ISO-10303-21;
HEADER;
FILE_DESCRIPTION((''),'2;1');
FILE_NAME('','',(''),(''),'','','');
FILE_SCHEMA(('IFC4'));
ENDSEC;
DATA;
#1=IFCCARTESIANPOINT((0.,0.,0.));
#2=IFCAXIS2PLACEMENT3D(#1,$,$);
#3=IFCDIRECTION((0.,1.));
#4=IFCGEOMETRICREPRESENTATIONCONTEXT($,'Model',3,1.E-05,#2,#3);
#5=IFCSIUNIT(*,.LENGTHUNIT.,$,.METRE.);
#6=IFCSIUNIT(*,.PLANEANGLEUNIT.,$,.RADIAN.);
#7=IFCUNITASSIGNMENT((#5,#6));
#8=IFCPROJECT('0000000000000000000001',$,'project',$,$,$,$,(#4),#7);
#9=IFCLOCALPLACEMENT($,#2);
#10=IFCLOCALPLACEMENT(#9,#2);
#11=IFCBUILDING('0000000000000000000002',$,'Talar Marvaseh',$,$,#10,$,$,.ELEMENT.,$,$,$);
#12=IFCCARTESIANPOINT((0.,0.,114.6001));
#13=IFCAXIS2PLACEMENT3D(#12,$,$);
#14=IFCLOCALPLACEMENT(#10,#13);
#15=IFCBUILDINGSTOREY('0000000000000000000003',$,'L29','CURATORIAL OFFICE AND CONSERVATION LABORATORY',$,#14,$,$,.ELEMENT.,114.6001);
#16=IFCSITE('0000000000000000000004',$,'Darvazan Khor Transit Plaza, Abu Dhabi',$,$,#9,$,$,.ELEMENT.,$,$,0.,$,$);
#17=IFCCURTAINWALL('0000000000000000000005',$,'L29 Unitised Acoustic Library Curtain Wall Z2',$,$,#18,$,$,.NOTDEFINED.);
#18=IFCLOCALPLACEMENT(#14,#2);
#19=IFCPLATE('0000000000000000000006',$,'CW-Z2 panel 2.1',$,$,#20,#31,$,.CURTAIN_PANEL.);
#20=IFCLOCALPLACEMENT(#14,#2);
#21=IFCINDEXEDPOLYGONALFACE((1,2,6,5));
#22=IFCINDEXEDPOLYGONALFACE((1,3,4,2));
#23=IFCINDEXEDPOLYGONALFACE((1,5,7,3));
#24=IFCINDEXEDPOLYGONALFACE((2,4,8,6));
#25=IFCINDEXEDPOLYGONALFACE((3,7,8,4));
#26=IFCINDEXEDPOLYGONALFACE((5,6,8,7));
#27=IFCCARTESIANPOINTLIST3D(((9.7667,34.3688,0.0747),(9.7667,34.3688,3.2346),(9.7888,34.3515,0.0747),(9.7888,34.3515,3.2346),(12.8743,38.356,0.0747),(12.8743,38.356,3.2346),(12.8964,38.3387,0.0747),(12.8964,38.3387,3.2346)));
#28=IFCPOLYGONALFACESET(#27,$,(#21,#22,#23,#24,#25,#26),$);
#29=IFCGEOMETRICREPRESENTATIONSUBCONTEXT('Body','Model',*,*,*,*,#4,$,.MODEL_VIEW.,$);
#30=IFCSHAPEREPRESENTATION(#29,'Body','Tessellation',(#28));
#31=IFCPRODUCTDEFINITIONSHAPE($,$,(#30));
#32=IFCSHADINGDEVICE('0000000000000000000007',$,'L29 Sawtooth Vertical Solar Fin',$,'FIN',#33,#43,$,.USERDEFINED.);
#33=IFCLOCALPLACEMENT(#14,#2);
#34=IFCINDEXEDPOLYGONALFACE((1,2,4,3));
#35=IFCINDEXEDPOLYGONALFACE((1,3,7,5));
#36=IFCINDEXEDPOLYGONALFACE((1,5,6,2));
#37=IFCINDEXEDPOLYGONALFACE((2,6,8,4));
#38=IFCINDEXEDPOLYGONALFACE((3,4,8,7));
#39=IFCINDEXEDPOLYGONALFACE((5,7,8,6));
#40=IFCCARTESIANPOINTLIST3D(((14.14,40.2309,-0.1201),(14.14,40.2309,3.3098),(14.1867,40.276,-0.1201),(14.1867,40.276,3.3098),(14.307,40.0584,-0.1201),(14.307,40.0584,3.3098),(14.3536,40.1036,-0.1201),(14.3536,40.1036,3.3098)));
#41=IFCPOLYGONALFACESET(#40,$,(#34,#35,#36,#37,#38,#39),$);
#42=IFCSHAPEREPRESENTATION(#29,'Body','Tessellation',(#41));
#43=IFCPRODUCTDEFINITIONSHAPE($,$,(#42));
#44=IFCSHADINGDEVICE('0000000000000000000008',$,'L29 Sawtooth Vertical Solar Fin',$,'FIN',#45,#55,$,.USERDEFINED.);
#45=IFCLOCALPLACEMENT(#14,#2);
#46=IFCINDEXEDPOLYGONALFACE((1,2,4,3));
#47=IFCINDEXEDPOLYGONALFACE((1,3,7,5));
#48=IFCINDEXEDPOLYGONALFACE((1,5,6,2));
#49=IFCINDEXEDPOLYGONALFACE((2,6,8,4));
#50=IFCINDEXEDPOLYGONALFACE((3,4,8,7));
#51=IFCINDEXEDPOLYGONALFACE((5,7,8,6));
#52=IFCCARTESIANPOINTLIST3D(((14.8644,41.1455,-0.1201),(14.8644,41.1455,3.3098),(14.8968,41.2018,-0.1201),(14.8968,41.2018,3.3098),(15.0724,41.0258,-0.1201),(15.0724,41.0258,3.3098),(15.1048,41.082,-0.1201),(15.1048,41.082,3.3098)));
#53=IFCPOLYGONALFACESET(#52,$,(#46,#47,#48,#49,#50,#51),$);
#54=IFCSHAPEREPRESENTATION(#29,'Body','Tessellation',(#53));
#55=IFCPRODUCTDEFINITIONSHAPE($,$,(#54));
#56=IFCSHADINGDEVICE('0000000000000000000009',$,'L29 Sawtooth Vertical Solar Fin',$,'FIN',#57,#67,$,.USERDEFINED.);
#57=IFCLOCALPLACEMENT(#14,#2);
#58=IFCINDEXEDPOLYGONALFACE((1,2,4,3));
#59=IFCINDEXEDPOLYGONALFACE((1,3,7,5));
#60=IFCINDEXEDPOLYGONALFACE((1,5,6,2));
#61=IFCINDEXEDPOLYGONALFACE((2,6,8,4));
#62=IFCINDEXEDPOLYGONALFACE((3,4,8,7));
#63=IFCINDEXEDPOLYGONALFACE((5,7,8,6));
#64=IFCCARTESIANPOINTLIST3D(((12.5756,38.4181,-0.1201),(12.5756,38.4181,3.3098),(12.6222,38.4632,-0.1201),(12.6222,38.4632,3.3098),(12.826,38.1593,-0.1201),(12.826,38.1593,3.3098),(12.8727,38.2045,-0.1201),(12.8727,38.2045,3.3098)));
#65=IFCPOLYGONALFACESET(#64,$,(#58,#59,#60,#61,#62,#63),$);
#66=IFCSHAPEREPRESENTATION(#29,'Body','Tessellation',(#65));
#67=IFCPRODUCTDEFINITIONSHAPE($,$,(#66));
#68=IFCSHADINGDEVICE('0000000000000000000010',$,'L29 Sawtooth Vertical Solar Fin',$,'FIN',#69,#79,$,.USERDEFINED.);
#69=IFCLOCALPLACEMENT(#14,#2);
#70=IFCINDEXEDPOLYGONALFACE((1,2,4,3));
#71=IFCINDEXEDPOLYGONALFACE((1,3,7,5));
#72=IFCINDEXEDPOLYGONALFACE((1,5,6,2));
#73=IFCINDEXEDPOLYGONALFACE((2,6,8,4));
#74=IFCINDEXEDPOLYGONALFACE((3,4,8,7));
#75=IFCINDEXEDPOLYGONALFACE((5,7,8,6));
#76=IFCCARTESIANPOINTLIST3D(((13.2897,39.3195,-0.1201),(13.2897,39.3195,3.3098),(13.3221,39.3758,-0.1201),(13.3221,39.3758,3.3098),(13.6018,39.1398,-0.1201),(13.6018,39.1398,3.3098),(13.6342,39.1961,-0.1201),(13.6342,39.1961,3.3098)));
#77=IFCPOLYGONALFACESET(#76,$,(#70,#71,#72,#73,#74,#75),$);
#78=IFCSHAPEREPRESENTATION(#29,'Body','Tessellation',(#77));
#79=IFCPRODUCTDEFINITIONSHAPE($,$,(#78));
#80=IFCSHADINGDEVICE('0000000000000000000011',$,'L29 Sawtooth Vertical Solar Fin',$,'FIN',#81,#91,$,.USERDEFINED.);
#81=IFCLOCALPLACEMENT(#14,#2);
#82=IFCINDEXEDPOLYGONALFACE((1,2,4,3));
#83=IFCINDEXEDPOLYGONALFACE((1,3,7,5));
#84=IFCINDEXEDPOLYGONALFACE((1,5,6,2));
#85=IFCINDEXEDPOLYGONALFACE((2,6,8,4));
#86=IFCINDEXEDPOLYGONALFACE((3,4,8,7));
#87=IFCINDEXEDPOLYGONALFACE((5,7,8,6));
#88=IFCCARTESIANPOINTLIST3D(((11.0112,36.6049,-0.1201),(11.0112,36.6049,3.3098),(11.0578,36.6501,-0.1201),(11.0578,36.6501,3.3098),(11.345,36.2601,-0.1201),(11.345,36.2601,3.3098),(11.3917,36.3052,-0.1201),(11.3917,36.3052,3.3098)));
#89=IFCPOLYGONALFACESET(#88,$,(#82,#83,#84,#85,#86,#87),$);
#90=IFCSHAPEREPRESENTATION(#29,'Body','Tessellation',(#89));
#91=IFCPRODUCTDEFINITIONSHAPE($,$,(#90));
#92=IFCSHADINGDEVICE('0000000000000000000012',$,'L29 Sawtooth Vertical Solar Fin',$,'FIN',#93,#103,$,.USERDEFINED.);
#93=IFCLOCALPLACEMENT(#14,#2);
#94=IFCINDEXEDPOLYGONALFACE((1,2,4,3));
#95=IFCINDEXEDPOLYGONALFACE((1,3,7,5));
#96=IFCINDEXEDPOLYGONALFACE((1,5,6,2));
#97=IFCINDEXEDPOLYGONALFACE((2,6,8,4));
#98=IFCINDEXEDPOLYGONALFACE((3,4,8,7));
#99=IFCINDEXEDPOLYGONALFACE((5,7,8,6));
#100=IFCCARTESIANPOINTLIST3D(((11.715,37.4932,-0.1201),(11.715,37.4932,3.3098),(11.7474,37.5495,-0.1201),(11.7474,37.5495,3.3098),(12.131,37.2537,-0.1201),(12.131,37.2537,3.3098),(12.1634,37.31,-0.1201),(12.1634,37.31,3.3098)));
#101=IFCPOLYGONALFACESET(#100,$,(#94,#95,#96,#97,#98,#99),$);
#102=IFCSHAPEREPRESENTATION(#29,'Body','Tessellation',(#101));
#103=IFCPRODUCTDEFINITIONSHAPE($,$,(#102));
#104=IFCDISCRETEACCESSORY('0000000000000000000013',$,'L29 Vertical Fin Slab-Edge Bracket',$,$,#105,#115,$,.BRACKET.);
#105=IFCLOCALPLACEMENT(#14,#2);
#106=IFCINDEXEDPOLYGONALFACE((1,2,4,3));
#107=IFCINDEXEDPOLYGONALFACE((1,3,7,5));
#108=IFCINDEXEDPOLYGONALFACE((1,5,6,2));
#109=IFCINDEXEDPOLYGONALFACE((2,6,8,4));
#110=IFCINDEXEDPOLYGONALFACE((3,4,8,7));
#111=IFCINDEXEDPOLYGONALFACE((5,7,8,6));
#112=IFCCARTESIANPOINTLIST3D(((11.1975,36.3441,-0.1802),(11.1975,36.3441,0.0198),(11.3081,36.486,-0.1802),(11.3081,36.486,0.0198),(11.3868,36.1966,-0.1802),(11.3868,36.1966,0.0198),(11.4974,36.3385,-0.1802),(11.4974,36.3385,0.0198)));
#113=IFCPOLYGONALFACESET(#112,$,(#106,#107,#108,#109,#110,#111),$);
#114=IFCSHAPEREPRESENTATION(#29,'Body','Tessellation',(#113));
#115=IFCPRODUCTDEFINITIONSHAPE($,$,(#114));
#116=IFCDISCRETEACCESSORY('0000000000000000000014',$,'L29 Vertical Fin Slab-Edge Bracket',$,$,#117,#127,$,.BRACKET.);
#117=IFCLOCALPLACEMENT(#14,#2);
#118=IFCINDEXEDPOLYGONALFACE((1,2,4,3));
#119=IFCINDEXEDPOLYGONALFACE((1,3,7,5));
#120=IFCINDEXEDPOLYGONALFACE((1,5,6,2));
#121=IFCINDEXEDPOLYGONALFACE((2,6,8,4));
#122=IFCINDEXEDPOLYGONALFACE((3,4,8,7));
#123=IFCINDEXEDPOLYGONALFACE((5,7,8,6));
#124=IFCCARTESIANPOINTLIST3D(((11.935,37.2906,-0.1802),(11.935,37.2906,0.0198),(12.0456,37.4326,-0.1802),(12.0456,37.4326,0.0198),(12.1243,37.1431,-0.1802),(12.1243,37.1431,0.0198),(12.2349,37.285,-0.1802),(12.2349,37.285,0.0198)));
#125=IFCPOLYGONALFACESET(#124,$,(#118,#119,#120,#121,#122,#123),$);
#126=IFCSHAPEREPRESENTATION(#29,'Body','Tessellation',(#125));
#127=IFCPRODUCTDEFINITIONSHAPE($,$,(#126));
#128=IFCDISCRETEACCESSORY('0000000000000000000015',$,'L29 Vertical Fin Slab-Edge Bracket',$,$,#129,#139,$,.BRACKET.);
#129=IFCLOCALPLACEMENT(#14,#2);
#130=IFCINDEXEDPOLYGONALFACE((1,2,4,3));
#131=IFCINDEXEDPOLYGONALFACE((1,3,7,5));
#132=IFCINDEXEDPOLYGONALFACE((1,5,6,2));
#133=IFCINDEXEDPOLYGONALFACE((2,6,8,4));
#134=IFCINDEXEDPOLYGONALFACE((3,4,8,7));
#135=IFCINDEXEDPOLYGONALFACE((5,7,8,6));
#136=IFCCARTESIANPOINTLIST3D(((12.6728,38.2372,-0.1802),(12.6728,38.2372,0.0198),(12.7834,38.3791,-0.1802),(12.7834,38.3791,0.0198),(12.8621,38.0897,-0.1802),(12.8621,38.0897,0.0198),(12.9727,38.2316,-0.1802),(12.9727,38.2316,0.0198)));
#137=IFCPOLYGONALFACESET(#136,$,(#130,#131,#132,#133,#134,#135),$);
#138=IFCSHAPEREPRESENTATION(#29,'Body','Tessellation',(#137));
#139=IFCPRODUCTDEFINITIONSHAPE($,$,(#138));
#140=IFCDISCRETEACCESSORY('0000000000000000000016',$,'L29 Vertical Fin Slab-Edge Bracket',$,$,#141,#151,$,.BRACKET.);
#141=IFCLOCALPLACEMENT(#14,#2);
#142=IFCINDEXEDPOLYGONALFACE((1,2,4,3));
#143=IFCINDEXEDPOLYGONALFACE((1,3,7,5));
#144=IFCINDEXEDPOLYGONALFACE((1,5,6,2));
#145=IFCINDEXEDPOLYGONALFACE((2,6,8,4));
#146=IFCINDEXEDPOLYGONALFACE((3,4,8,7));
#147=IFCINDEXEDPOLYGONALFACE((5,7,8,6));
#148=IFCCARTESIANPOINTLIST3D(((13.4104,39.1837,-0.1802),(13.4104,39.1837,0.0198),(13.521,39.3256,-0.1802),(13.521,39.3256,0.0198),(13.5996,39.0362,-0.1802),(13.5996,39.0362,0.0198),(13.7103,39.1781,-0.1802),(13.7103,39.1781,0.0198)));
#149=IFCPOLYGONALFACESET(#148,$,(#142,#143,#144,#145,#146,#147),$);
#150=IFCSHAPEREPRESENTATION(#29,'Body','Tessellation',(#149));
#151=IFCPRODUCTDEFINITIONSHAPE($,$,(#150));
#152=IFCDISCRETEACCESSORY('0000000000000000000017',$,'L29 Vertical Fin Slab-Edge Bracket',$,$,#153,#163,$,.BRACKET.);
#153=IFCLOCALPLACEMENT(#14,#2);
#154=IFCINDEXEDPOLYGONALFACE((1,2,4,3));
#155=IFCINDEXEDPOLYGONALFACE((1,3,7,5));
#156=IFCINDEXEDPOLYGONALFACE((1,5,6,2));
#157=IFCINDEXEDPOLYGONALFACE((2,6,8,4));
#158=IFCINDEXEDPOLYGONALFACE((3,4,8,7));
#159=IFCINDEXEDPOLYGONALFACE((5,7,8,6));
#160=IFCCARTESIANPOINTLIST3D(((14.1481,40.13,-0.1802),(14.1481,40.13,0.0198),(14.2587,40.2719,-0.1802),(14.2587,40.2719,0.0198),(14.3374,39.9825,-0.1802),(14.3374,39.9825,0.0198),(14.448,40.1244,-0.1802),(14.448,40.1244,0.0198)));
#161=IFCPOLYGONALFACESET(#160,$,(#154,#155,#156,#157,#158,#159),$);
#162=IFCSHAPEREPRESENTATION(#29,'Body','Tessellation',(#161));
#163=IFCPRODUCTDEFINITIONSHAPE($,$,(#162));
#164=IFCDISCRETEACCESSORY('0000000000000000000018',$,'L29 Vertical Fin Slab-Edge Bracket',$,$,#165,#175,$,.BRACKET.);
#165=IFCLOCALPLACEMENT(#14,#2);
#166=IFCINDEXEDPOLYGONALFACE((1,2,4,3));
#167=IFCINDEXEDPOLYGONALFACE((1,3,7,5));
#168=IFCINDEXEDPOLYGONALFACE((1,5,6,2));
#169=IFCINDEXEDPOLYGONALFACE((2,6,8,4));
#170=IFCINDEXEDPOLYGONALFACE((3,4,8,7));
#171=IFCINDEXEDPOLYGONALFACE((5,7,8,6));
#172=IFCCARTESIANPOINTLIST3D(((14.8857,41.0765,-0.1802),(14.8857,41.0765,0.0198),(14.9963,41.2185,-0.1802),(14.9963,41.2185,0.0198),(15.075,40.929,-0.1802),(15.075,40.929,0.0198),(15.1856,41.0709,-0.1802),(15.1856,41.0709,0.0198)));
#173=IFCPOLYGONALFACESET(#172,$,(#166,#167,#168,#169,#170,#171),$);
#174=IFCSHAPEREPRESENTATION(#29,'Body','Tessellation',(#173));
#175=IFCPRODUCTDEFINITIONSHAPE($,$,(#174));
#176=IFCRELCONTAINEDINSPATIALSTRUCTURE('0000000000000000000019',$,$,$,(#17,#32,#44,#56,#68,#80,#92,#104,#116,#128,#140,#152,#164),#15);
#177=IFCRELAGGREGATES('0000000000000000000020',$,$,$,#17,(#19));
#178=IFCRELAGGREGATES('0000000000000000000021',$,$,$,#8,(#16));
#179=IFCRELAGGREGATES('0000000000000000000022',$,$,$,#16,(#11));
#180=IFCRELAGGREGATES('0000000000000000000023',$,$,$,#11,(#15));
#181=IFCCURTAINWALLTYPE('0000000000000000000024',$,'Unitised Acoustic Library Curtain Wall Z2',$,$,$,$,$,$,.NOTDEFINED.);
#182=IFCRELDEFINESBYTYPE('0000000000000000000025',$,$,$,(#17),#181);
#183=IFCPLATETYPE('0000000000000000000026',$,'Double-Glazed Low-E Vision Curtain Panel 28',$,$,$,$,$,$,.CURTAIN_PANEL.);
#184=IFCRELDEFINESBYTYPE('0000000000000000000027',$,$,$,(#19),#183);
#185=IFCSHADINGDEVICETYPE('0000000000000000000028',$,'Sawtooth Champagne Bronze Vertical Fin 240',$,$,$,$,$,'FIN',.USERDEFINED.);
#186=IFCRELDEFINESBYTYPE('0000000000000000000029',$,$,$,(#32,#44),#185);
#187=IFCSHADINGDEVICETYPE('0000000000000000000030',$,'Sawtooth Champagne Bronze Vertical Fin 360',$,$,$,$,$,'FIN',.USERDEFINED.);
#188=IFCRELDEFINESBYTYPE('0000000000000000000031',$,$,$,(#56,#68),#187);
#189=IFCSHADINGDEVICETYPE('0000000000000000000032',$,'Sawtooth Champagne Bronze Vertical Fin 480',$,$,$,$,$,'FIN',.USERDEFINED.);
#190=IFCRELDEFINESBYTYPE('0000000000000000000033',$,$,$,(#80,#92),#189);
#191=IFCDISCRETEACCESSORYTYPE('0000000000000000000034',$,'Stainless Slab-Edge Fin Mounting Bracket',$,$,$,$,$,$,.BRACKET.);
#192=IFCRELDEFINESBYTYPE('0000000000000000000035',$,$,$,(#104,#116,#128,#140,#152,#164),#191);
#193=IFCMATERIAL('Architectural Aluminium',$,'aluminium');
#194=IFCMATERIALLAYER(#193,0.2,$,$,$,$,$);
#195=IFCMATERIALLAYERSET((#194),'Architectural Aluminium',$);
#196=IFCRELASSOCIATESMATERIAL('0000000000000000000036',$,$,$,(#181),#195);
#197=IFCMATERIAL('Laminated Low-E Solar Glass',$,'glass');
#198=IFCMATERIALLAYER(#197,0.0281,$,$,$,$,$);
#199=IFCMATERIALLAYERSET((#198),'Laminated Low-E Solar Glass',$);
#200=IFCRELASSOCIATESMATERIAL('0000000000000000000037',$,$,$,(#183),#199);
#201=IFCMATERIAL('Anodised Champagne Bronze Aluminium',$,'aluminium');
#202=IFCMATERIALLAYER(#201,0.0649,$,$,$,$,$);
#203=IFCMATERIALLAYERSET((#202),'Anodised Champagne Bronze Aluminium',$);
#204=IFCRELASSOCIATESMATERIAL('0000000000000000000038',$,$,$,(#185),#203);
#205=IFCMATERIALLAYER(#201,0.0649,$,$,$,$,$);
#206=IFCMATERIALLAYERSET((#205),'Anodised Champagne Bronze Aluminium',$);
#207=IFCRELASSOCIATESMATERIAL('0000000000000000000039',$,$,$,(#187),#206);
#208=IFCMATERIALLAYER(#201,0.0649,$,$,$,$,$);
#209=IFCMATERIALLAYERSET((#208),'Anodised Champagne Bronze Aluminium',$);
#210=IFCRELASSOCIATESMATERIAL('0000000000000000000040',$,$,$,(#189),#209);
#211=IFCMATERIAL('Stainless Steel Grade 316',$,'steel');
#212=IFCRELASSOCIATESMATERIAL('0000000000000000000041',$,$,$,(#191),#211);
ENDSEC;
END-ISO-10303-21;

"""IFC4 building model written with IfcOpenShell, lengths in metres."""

from ifc_helpers import new_model, si_unit, direction, frame, origin, origin_2d, place, context, subcontext, project, spatial, rectangle, extrude, source, transform, mapped, material, layer, layer_set, type_object, type_shapes, element, aggregate, save


model = new_model("IFC4")

# Units and contexts
model_context = context("Model", 3, precision=1e-05, world=origin(), true_north=direction((0.0, 1.0)))
body_context = subcontext(model_context, "Body", "Model", "MODEL_VIEW")
ifc_project = project(units=[si_unit("LENGTHUNIT", "METRE"), si_unit("PLANEANGLEUNIT", "RADIAN")], contexts=[model_context])

# Site, building, storey
site_placement = place(None, origin())
site = spatial("IfcSite", under=ifc_project, at=site_placement, Name="Darvazan Khor Transit Plaza, Abu Dhabi", CompositionType="ELEMENT", RefElevation=0.0)
building_placement = place(site_placement, origin())
building = spatial("IfcBuilding", under=site, at=building_placement, Name="Talar Marvaseh", CompositionType="ELEMENT")
storey_placement = place(building_placement, frame((0.0, 0.0, 114.6001)))
storey = spatial("IfcBuildingStorey", under=building, at=storey_placement, Name="L29", Description="CURATORIAL OFFICE AND CONSERVATION LABORATORY", CompositionType="ELEMENT", Elevation=114.6001)

# Curtain wall, plate
ifc_material_1 = material(Name="Architectural Aluminium", Category="aluminium")
ifc_layer_1 = layer(ifc_material_1, 0.2)
ifc_layer_set_1 = layer_set([ifc_layer_1], Name="Architectural Aluminium")
curtain_wall_type = type_object("IfcCurtainWallType", Name="Unitised Acoustic Library Curtain Wall Z2", PredefinedType="NOTDEFINED", material=ifc_layer_set_1)
curtain_wall_placement = place(storey_placement, origin())
curtain_wall = element("IfcCurtainWall", 1, at=curtain_wall_placement, inside=storey, type_object=curtain_wall_type, Name="L29 Unitised Acoustic Library Curtain Wall Z2", PredefinedType="NOTDEFINED")
ifc_material_2 = material(Name="Laminated Low-E Solar Glass", Category="glass")
ifc_layer_2 = layer(ifc_material_2, 0.0281)
ifc_layer_set_2 = layer_set([ifc_layer_2], Name="Laminated Low-E Solar Glass")
plate_type = type_object("IfcPlateType", Name="Double-Glazed Low-E Vision Curtain Panel 28", PredefinedType="CURTAIN_PANEL", material=ifc_layer_set_2)
shared_shape_1 = source(origin(), body_context, "Body", "SweptSolid", [
    extrude(rectangle(XDim=5.0552, YDim=0.0281, at=origin_2d()), origin(), (0.0, 0.0, 1.0), 3.1599),
])
plate_1_placement = place(storey_placement, frame((11.3315, 36.3538, 0.0747), z_axis=(0.0, 0.0, 1.0), x_axis=(0.61473, 0.788737, 0.0)))
plate_1 = element("IfcPlate", 2, at=plate_1_placement, type_object=plate_type, Name="CW-Z2 panel 2.1", PredefinedType="CURTAIN_PANEL", context=body_context, shape_type="MappedRepresentation", body=[
    mapped(shared_shape_1, transform((0.0, 0.0, 0.0), x_axis=(1.0, 0.0, 0.0), y_axis=(0.0, 1.0, 0.0), z_axis=(0.0, 0.0, 1.0), scale=1.0)),
])
aggregate(curtain_wall, [plate_1])

# Shading devices
ifc_material_3 = material(Name="Anodised Champagne Bronze Aluminium", Category="aluminium")
ifc_layer_3 = layer(ifc_material_3, 0.0649)
ifc_layer_set_3 = layer_set([ifc_layer_3], Name="Anodised Champagne Bronze Aluminium")
shading_device_type_1 = type_object("IfcShadingDeviceType", Name="Sawtooth Champagne Bronze Vertical Fin 240", ElementType="FIN", PredefinedType="USERDEFINED", material=ifc_layer_set_3)
shared_shape_2 = source(origin(), body_context, "Body", "SweptSolid", [
    extrude(rectangle(XDim=0.24, YDim=0.0649, at=origin_2d()), origin(), (0.0, 0.0, 1.0), 3.4299),
])
type_shapes(shading_device_type_1, [shared_shape_2])
for number, where, z_axis, x_axis, name in (
    (3, (14.2468, 40.1672, -0.1201), (0.0, 0.0, 1.0), (-0.695537, 0.718491, 0.0), "L29 Sawtooth Vertical Solar Fin"),
    (4, (14.9846, 41.1138, -0.1201), (0.0, 0.0, 1.0), (-0.866636, 0.498942, 0.0), "L29 Sawtooth Vertical Solar Fin"),
):
    element("IfcShadingDevice", number, at=place(storey_placement, frame(where, z_axis=z_axis, x_axis=x_axis)), inside=storey, type_object=shading_device_type_1, Name=name, ObjectType="FIN", PredefinedType="USERDEFINED", context=body_context, shape_type="MappedRepresentation", body=[
        mapped(shared_shape_2, transform((0.0, 0.0, 0.0), x_axis=(1.0, 0.0, 0.0), y_axis=(0.0, 1.0, 0.0), z_axis=(0.0, 0.0, 1.0), scale=1.0)),
    ])
ifc_layer_4 = layer(ifc_material_3, 0.0649)
ifc_layer_set_4 = layer_set([ifc_layer_4], Name="Anodised Champagne Bronze Aluminium")
shading_device_type_2 = type_object("IfcShadingDeviceType", Name="Sawtooth Champagne Bronze Vertical Fin 360", ElementType="FIN", PredefinedType="USERDEFINED", material=ifc_layer_set_4)
shared_shape_3 = source(origin(), body_context, "Body", "SweptSolid", [
    extrude(rectangle(XDim=0.3601, YDim=0.0649, at=origin_2d()), origin(), (0.0, 0.0, 1.0), 3.4299),
])
type_shapes(shading_device_type_2, [shared_shape_3])
for number, where, z_axis, x_axis, name in (
    (5, (12.7241, 38.3113, -0.1201), (0.0, 0.0, 1.0), (-0.695537, 0.718491, 0.0), "L29 Sawtooth Vertical Solar Fin"),
    (6, (13.4619, 39.2578, -0.1201), (0.0, 0.0, 1.0), (-0.866636, 0.498942, 0.0), "L29 Sawtooth Vertical Solar Fin"),
):
    element("IfcShadingDevice", number, at=place(storey_placement, frame(where, z_axis=z_axis, x_axis=x_axis)), inside=storey, type_object=shading_device_type_2, Name=name, ObjectType="FIN", PredefinedType="USERDEFINED", context=body_context, shape_type="MappedRepresentation", body=[
        mapped(shared_shape_3, transform((0.0, 0.0, 0.0), x_axis=(1.0, 0.0, 0.0), y_axis=(0.0, 1.0, 0.0), z_axis=(0.0, 0.0, 1.0), scale=1.0)),
    ])
ifc_layer_5 = layer(ifc_material_3, 0.0649)
ifc_layer_set_5 = layer_set([ifc_layer_5], Name="Anodised Champagne Bronze Aluminium")
shading_device_type_3 = type_object("IfcShadingDeviceType", Name="Sawtooth Champagne Bronze Vertical Fin 480", ElementType="FIN", PredefinedType="USERDEFINED", material=ifc_layer_set_5)
shared_shape_4 = source(origin(), body_context, "Body", "SweptSolid", [
    extrude(rectangle(XDim=0.48, YDim=0.0649, at=origin_2d()), origin(), (0.0, 0.0, 1.0), 3.4299),
])
type_shapes(shading_device_type_3, [shared_shape_4])
for number, where, z_axis, x_axis, name in (
    (7, (11.2014, 36.4551, -0.1201), (0.0, 0.0, 1.0), (-0.695537, 0.718491, 0.0), "L29 Sawtooth Vertical Solar Fin"),
    (8, (11.9392, 37.4016, -0.1201), (0.0, 0.0, 1.0), (-0.866636, 0.498942, 0.0), "L29 Sawtooth Vertical Solar Fin"),
):
    element("IfcShadingDevice", number, at=place(storey_placement, frame(where, z_axis=z_axis, x_axis=x_axis)), inside=storey, type_object=shading_device_type_3, Name=name, ObjectType="FIN", PredefinedType="USERDEFINED", context=body_context, shape_type="MappedRepresentation", body=[
        mapped(shared_shape_4, transform((0.0, 0.0, 0.0), x_axis=(1.0, 0.0, 0.0), y_axis=(0.0, 1.0, 0.0), z_axis=(0.0, 0.0, 1.0), scale=1.0)),
    ])

# Discrete accessories
ifc_material_4 = material(Name="Stainless Steel Grade 316", Category="steel")
discrete_accessory_type = type_object("IfcDiscreteAccessoryType", Name="Stainless Slab-Edge Fin Mounting Bracket", PredefinedType="BRACKET", material=ifc_material_4)
shared_shape_5 = source(origin(), body_context, "Body", "SweptSolid", [
    extrude(rectangle(XDim=0.24, YDim=0.1799, at=origin_2d()), origin(), (0.0, 0.0, 1.0), 0.2),
])
type_shapes(discrete_accessory_type, [shared_shape_5])
for number, where, z_axis, x_axis, name in (
    (9, (11.3474, 36.3413, -0.1802), (0.0, 0.0, 1.0), (-0.788762, 0.614698, 0.0), "L29 Vertical Fin Slab-Edge Bracket"),
    (10, (12.085, 37.2878, -0.1802), (0.0, 0.0, 1.0), (-0.788762, 0.614698, 0.0), "L29 Vertical Fin Slab-Edge Bracket"),
    (11, (12.8228, 38.2344, -0.1802), (0.0, 0.0, 1.0), (-0.788762, 0.614698, 0.0), "L29 Vertical Fin Slab-Edge Bracket"),
    (12, (13.5603, 39.1809, -0.1802), (0.0, 0.0, 1.0), (-0.788762, 0.614698, 0.0), "L29 Vertical Fin Slab-Edge Bracket"),
    (13, (14.2981, 40.1272, -0.1802), (0.0, 0.0, 1.0), (-0.788762, 0.614698, 0.0), "L29 Vertical Fin Slab-Edge Bracket"),
    (14, (15.0356, 41.0737, -0.1802), (0.0, 0.0, 1.0), (-0.788762, 0.614698, 0.0), "L29 Vertical Fin Slab-Edge Bracket"),
):
    element("IfcDiscreteAccessory", number, at=place(storey_placement, frame(where, z_axis=z_axis, x_axis=x_axis)), inside=storey, type_object=discrete_accessory_type, Name=name, PredefinedType="BRACKET", context=body_context, shape_type="MappedRepresentation", body=[
        mapped(shared_shape_5, transform((0.0, 0.0, 0.0), x_axis=(1.0, 0.0, 0.0), y_axis=(0.0, 1.0, 0.0), z_axis=(0.0, 0.0, 1.0), scale=1.0)),
    ])

save(model, "model.ifc")
